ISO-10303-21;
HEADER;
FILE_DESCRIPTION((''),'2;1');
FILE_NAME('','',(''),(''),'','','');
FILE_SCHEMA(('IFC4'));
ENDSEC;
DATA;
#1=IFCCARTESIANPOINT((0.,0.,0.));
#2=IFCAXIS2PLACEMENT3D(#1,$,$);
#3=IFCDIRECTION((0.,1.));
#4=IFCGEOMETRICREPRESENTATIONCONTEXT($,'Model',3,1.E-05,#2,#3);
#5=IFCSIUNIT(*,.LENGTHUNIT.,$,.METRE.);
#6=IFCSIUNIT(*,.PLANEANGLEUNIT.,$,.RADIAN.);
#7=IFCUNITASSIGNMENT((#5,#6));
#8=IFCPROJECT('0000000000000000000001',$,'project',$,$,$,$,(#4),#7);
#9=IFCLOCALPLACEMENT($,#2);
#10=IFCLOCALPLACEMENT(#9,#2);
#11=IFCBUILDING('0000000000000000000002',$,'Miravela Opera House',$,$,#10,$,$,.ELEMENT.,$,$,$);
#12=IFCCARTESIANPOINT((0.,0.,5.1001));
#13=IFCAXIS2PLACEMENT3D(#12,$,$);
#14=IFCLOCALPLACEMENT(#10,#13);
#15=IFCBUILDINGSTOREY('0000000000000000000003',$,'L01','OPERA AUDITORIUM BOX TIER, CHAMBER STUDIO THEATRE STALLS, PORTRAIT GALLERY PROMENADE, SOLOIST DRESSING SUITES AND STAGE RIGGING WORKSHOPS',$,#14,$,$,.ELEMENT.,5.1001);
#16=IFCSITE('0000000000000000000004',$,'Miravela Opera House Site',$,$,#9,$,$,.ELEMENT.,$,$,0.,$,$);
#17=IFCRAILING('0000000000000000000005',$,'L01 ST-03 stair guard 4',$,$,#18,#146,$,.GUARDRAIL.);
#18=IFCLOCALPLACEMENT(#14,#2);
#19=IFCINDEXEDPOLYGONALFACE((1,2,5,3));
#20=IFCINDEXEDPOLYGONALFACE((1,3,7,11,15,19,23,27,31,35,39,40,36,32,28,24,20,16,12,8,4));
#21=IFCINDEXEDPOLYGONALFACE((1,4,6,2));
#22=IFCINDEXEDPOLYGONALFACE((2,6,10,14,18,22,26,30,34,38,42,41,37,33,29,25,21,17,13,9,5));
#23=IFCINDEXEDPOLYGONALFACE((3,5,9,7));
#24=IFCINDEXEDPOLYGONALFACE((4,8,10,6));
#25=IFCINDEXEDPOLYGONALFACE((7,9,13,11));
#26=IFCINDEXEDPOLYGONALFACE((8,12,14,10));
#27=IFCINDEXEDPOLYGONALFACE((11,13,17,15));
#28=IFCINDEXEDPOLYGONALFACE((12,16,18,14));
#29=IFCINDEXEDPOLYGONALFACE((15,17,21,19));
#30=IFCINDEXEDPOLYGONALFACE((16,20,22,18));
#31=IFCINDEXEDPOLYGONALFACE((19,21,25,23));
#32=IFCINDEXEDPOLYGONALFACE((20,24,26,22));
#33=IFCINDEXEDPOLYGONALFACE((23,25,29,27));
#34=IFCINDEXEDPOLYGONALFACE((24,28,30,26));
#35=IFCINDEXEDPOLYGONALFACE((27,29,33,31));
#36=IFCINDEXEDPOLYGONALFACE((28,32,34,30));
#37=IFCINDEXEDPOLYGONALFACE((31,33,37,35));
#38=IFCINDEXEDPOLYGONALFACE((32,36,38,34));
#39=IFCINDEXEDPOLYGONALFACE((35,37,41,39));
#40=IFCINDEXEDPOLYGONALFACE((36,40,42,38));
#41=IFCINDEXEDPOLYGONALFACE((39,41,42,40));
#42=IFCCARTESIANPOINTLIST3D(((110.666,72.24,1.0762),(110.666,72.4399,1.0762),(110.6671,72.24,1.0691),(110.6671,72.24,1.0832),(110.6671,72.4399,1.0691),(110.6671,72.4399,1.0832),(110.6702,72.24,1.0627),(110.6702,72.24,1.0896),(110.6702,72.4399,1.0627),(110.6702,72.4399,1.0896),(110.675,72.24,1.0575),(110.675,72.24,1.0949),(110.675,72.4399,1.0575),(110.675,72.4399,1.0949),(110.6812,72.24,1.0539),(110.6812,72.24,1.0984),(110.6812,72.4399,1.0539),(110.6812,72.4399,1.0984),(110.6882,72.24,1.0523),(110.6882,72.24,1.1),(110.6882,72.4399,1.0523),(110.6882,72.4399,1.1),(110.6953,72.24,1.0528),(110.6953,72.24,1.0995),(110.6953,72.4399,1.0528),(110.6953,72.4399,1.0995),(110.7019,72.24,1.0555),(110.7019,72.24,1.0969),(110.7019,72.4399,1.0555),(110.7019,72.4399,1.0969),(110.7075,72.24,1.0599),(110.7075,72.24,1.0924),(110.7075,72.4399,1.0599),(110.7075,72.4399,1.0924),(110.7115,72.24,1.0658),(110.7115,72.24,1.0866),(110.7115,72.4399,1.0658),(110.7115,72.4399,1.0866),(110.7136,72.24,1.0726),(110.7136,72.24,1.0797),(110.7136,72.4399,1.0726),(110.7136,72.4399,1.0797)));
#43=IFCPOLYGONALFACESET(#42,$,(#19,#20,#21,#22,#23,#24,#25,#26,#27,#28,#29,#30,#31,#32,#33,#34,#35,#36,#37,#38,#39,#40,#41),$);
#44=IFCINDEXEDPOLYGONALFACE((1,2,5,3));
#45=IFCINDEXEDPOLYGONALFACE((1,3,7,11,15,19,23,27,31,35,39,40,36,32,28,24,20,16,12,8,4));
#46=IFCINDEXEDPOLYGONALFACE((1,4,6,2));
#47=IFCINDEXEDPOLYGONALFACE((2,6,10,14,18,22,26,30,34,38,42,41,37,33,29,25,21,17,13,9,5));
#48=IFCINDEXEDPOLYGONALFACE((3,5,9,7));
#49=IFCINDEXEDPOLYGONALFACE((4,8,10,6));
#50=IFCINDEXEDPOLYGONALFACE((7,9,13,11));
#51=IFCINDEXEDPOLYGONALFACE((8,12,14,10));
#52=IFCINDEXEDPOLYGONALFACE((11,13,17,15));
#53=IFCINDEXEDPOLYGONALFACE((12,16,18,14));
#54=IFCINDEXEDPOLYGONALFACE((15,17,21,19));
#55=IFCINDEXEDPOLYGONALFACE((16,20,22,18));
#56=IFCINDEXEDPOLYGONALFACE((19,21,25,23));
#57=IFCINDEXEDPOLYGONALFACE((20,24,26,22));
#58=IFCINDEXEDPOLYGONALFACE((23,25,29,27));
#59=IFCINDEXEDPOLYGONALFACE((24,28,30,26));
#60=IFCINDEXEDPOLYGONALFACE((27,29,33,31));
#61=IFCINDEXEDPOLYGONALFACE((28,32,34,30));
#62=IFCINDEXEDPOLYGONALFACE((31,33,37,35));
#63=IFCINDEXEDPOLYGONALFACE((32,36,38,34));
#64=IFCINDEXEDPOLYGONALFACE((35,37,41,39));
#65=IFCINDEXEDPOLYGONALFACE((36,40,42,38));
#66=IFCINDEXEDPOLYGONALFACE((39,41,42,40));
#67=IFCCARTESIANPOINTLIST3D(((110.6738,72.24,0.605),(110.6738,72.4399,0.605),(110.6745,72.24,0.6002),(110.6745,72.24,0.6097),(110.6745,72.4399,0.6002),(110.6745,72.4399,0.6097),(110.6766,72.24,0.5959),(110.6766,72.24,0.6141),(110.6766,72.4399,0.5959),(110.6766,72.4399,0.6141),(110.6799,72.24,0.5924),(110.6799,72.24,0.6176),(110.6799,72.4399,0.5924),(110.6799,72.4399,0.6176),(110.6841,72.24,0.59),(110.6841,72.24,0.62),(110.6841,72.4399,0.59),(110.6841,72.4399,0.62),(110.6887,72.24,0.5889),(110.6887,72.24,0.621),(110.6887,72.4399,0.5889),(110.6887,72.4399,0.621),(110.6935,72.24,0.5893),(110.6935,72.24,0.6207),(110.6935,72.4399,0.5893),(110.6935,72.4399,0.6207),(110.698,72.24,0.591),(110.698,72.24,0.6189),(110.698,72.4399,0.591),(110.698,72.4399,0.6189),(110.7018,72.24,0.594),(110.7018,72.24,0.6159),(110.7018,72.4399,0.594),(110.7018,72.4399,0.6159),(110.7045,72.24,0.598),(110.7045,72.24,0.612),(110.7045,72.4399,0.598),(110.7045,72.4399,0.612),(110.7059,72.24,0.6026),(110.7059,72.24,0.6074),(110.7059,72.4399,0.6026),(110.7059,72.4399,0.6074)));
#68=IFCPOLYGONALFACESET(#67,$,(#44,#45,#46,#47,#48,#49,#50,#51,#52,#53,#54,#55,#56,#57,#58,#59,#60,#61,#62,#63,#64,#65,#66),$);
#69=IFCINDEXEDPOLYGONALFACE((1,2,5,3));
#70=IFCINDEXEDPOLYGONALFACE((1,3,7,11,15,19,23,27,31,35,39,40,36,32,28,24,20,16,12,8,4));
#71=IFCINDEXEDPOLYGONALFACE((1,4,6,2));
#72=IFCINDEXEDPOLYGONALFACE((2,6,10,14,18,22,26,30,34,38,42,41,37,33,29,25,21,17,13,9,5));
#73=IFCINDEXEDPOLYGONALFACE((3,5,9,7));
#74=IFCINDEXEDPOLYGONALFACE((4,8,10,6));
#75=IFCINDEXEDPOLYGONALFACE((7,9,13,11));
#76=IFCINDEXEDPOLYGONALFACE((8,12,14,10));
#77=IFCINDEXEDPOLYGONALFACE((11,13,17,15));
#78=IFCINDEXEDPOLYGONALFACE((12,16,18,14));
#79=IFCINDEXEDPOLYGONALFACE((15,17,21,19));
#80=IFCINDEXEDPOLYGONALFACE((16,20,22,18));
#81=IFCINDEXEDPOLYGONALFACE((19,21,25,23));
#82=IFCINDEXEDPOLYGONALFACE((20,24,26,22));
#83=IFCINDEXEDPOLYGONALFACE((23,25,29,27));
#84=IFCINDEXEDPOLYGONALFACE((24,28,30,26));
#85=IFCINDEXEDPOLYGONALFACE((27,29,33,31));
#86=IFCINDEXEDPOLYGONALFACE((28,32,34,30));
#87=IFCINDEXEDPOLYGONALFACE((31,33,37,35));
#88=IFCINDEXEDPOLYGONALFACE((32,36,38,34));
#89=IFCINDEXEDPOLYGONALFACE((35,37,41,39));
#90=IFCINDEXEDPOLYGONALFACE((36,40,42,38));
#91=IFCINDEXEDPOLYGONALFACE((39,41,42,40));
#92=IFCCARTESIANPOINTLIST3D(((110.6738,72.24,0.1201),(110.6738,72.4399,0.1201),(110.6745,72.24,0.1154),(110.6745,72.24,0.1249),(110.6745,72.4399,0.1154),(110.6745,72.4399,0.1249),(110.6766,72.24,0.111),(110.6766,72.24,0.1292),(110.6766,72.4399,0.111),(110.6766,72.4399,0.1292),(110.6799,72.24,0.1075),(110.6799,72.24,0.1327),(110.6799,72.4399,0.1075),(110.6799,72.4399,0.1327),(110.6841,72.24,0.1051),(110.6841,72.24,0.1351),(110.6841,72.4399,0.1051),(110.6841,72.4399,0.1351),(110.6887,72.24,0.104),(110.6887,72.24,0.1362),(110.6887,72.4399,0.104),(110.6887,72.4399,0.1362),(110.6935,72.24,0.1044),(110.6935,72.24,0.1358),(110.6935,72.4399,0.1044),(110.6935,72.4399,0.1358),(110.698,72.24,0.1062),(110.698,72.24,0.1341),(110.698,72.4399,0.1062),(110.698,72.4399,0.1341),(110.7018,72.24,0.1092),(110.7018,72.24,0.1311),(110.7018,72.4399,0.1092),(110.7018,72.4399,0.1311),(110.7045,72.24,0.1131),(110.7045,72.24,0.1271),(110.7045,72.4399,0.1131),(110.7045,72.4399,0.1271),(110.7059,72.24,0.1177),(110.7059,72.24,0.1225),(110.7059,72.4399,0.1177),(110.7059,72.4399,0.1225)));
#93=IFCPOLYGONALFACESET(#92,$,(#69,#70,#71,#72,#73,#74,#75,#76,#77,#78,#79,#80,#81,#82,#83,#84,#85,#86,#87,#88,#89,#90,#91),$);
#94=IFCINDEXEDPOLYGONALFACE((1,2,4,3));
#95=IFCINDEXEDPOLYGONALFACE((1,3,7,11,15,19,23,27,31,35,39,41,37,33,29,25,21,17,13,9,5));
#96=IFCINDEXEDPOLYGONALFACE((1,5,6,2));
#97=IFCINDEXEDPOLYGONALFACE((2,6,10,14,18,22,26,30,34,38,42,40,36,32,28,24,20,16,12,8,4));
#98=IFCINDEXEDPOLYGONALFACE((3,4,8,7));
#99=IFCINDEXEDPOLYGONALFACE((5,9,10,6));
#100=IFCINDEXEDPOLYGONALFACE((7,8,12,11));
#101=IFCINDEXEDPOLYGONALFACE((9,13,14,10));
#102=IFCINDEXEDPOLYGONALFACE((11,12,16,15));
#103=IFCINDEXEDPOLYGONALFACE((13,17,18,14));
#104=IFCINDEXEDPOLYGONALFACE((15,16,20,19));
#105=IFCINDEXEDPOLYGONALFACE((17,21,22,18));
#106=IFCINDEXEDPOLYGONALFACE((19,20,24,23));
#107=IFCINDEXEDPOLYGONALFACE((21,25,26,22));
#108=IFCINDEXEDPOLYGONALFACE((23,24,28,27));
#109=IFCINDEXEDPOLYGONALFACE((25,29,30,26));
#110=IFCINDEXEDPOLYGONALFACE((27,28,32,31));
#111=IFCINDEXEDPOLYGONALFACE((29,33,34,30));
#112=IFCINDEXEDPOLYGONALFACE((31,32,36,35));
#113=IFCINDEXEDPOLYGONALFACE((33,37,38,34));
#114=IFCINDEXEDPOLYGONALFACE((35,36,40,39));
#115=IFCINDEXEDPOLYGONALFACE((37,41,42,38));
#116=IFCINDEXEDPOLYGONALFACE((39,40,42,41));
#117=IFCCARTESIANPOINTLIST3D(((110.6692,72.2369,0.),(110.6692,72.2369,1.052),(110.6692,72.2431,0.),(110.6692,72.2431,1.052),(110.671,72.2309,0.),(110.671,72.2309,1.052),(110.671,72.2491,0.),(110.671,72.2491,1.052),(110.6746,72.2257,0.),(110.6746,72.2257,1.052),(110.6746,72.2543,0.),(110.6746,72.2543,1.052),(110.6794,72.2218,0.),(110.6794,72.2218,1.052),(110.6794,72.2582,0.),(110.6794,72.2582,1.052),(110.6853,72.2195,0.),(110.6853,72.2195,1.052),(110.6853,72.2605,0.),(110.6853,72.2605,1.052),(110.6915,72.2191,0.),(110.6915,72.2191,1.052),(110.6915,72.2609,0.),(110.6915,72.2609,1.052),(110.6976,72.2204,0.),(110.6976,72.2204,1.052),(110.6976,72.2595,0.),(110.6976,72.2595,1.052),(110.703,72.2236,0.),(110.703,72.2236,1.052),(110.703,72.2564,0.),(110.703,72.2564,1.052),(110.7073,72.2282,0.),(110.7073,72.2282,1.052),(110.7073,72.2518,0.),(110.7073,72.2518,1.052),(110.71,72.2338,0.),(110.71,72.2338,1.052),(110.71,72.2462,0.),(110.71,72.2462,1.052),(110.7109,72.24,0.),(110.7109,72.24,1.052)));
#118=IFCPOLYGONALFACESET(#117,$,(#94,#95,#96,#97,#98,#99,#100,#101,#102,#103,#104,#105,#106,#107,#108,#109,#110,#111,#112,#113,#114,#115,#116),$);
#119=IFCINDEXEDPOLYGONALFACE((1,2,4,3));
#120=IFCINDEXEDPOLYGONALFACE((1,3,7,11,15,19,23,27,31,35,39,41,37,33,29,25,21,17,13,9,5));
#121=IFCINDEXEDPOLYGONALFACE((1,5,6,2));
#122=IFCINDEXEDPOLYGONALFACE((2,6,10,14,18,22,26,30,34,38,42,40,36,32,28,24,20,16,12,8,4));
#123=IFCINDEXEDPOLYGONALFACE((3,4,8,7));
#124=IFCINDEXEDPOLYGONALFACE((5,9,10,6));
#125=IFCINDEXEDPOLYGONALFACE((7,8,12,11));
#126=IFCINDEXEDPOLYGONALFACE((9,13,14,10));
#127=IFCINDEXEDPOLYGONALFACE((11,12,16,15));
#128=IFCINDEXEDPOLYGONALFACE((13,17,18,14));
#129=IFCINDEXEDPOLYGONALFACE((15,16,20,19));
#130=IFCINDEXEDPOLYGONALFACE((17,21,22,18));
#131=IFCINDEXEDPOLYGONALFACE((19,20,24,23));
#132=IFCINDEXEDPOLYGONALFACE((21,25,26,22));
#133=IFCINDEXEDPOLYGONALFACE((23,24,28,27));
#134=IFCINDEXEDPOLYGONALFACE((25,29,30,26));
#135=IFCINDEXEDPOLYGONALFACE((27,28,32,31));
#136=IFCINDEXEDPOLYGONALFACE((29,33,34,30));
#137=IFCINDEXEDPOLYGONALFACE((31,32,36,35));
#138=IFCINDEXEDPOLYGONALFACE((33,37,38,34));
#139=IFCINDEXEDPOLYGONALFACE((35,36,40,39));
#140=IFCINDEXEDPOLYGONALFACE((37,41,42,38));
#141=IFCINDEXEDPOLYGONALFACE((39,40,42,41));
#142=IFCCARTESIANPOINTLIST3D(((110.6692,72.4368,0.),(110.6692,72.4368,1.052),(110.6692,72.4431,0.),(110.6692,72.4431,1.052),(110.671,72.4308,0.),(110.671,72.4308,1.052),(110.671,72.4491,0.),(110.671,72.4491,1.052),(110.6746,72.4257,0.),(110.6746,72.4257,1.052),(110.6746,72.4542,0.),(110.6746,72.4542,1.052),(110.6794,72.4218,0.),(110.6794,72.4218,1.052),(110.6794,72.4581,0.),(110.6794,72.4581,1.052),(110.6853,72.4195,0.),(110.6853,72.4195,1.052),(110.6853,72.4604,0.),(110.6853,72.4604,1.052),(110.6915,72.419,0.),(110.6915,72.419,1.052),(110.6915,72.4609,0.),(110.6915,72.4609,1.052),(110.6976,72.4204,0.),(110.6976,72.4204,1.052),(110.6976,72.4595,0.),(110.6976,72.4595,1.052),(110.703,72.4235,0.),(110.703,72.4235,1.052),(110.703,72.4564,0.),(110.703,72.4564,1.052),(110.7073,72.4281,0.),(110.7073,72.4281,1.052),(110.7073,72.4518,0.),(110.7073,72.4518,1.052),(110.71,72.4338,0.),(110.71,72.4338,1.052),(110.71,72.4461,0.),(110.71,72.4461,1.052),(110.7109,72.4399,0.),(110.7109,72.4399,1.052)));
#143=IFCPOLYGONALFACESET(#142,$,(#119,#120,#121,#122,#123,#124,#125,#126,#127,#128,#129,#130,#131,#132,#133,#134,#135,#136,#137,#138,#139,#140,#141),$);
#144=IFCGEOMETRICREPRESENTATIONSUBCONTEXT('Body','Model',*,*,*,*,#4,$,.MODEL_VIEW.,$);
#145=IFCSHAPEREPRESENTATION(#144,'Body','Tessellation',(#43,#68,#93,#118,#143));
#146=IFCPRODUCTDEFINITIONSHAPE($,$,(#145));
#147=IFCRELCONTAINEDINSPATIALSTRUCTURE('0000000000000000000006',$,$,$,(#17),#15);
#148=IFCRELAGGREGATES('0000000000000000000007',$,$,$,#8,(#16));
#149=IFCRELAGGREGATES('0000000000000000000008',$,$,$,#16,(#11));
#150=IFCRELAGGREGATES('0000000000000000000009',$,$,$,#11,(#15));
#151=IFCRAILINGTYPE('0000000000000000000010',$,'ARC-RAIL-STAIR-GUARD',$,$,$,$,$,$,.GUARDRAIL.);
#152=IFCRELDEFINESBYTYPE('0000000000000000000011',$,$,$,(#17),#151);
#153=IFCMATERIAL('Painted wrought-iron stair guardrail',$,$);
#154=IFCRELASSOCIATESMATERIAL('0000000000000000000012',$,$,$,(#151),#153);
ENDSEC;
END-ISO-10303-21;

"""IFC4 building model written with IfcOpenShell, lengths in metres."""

from ifc_helpers import new_model, si_unit, direction, frame, origin, origin_2d, place, context, subcontext, project, spatial, circle, extrude, material, type_object, element, save


model = new_model("IFC4")

# Units and contexts
model_context = context("Model", 3, precision=1e-05, world=origin(), true_north=direction((0.0, 1.0)))
body_context = subcontext(model_context, "Body", "Model", "MODEL_VIEW")
ifc_project = project(units=[si_unit("LENGTHUNIT", "METRE"), si_unit("PLANEANGLEUNIT", "RADIAN")], contexts=[model_context])

# Site, building, storey
site_placement = place(None, origin())
site = spatial("IfcSite", under=ifc_project, at=site_placement, Name="Miravela Opera House Site", CompositionType="ELEMENT", RefElevation=0.0)
building_placement = place(site_placement, origin())
building = spatial("IfcBuilding", under=site, at=building_placement, Name="Miravela Opera House", CompositionType="ELEMENT")
storey_placement = place(building_placement, frame((0.0, 0.0, 5.1001)))
storey = spatial("IfcBuildingStorey", under=building, at=storey_placement, Name="L01", Description="OPERA AUDITORIUM BOX TIER, CHAMBER STUDIO THEATRE STALLS, PORTRAIT GALLERY PROMENADE, SOLOIST DRESSING SUITES AND STAGE RIGGING WORKSHOPS", CompositionType="ELEMENT", Elevation=5.1001)

# Railing
ifc_material_1 = material(Name="Painted wrought-iron stair guardrail")
railing_type_1 = type_object("IfcRailingType", Name="ARC-RAIL-STAIR-GUARD", PredefinedType="GUARDRAIL", material=ifc_material_1)
for number, where, name in (
    (1, (110.6899, 72.24, 0.0), "L01 ST-03 stair guard 4"),
):
    element("IfcRailing", number, at=place(storey_placement, frame(where)), inside=storey, type_object=railing_type_1, Name=name, PredefinedType="GUARDRAIL", context=body_context, shape_type="SweptSolid", body=[
        extrude(circle(Radius=0.0239, at=origin_2d()), frame((0.0, 0.0, 1.0762), z_axis=(0.0, 1.0, 0.0), x_axis=(-1.0, 0.0, 0.0)), (0.0, 0.0, 1.0), 0.2),
        extrude(circle(Radius=0.0161, at=origin_2d()), frame((0.0, 0.0, 0.605), z_axis=(0.0, 1.0, 0.0), x_axis=(-1.0, 0.0, 0.0)), (0.0, 0.0, 1.0), 0.2),
        extrude(circle(Radius=0.0161, at=origin_2d()), frame((0.0, 0.0, 0.1201), z_axis=(0.0, 1.0, 0.0), x_axis=(-1.0, 0.0, 0.0)), (0.0, 0.0, 1.0), 0.2),
        extrude(circle(Radius=0.021, at=origin_2d()), origin(), (0.0, 0.0, 1.0), 1.052),
        extrude(circle(Radius=0.021, at=origin_2d()), frame((0.0, 0.2, 0.0)), (0.0, 0.0, 1.0), 1.052),
    ])

save(model, "model.ifc")
